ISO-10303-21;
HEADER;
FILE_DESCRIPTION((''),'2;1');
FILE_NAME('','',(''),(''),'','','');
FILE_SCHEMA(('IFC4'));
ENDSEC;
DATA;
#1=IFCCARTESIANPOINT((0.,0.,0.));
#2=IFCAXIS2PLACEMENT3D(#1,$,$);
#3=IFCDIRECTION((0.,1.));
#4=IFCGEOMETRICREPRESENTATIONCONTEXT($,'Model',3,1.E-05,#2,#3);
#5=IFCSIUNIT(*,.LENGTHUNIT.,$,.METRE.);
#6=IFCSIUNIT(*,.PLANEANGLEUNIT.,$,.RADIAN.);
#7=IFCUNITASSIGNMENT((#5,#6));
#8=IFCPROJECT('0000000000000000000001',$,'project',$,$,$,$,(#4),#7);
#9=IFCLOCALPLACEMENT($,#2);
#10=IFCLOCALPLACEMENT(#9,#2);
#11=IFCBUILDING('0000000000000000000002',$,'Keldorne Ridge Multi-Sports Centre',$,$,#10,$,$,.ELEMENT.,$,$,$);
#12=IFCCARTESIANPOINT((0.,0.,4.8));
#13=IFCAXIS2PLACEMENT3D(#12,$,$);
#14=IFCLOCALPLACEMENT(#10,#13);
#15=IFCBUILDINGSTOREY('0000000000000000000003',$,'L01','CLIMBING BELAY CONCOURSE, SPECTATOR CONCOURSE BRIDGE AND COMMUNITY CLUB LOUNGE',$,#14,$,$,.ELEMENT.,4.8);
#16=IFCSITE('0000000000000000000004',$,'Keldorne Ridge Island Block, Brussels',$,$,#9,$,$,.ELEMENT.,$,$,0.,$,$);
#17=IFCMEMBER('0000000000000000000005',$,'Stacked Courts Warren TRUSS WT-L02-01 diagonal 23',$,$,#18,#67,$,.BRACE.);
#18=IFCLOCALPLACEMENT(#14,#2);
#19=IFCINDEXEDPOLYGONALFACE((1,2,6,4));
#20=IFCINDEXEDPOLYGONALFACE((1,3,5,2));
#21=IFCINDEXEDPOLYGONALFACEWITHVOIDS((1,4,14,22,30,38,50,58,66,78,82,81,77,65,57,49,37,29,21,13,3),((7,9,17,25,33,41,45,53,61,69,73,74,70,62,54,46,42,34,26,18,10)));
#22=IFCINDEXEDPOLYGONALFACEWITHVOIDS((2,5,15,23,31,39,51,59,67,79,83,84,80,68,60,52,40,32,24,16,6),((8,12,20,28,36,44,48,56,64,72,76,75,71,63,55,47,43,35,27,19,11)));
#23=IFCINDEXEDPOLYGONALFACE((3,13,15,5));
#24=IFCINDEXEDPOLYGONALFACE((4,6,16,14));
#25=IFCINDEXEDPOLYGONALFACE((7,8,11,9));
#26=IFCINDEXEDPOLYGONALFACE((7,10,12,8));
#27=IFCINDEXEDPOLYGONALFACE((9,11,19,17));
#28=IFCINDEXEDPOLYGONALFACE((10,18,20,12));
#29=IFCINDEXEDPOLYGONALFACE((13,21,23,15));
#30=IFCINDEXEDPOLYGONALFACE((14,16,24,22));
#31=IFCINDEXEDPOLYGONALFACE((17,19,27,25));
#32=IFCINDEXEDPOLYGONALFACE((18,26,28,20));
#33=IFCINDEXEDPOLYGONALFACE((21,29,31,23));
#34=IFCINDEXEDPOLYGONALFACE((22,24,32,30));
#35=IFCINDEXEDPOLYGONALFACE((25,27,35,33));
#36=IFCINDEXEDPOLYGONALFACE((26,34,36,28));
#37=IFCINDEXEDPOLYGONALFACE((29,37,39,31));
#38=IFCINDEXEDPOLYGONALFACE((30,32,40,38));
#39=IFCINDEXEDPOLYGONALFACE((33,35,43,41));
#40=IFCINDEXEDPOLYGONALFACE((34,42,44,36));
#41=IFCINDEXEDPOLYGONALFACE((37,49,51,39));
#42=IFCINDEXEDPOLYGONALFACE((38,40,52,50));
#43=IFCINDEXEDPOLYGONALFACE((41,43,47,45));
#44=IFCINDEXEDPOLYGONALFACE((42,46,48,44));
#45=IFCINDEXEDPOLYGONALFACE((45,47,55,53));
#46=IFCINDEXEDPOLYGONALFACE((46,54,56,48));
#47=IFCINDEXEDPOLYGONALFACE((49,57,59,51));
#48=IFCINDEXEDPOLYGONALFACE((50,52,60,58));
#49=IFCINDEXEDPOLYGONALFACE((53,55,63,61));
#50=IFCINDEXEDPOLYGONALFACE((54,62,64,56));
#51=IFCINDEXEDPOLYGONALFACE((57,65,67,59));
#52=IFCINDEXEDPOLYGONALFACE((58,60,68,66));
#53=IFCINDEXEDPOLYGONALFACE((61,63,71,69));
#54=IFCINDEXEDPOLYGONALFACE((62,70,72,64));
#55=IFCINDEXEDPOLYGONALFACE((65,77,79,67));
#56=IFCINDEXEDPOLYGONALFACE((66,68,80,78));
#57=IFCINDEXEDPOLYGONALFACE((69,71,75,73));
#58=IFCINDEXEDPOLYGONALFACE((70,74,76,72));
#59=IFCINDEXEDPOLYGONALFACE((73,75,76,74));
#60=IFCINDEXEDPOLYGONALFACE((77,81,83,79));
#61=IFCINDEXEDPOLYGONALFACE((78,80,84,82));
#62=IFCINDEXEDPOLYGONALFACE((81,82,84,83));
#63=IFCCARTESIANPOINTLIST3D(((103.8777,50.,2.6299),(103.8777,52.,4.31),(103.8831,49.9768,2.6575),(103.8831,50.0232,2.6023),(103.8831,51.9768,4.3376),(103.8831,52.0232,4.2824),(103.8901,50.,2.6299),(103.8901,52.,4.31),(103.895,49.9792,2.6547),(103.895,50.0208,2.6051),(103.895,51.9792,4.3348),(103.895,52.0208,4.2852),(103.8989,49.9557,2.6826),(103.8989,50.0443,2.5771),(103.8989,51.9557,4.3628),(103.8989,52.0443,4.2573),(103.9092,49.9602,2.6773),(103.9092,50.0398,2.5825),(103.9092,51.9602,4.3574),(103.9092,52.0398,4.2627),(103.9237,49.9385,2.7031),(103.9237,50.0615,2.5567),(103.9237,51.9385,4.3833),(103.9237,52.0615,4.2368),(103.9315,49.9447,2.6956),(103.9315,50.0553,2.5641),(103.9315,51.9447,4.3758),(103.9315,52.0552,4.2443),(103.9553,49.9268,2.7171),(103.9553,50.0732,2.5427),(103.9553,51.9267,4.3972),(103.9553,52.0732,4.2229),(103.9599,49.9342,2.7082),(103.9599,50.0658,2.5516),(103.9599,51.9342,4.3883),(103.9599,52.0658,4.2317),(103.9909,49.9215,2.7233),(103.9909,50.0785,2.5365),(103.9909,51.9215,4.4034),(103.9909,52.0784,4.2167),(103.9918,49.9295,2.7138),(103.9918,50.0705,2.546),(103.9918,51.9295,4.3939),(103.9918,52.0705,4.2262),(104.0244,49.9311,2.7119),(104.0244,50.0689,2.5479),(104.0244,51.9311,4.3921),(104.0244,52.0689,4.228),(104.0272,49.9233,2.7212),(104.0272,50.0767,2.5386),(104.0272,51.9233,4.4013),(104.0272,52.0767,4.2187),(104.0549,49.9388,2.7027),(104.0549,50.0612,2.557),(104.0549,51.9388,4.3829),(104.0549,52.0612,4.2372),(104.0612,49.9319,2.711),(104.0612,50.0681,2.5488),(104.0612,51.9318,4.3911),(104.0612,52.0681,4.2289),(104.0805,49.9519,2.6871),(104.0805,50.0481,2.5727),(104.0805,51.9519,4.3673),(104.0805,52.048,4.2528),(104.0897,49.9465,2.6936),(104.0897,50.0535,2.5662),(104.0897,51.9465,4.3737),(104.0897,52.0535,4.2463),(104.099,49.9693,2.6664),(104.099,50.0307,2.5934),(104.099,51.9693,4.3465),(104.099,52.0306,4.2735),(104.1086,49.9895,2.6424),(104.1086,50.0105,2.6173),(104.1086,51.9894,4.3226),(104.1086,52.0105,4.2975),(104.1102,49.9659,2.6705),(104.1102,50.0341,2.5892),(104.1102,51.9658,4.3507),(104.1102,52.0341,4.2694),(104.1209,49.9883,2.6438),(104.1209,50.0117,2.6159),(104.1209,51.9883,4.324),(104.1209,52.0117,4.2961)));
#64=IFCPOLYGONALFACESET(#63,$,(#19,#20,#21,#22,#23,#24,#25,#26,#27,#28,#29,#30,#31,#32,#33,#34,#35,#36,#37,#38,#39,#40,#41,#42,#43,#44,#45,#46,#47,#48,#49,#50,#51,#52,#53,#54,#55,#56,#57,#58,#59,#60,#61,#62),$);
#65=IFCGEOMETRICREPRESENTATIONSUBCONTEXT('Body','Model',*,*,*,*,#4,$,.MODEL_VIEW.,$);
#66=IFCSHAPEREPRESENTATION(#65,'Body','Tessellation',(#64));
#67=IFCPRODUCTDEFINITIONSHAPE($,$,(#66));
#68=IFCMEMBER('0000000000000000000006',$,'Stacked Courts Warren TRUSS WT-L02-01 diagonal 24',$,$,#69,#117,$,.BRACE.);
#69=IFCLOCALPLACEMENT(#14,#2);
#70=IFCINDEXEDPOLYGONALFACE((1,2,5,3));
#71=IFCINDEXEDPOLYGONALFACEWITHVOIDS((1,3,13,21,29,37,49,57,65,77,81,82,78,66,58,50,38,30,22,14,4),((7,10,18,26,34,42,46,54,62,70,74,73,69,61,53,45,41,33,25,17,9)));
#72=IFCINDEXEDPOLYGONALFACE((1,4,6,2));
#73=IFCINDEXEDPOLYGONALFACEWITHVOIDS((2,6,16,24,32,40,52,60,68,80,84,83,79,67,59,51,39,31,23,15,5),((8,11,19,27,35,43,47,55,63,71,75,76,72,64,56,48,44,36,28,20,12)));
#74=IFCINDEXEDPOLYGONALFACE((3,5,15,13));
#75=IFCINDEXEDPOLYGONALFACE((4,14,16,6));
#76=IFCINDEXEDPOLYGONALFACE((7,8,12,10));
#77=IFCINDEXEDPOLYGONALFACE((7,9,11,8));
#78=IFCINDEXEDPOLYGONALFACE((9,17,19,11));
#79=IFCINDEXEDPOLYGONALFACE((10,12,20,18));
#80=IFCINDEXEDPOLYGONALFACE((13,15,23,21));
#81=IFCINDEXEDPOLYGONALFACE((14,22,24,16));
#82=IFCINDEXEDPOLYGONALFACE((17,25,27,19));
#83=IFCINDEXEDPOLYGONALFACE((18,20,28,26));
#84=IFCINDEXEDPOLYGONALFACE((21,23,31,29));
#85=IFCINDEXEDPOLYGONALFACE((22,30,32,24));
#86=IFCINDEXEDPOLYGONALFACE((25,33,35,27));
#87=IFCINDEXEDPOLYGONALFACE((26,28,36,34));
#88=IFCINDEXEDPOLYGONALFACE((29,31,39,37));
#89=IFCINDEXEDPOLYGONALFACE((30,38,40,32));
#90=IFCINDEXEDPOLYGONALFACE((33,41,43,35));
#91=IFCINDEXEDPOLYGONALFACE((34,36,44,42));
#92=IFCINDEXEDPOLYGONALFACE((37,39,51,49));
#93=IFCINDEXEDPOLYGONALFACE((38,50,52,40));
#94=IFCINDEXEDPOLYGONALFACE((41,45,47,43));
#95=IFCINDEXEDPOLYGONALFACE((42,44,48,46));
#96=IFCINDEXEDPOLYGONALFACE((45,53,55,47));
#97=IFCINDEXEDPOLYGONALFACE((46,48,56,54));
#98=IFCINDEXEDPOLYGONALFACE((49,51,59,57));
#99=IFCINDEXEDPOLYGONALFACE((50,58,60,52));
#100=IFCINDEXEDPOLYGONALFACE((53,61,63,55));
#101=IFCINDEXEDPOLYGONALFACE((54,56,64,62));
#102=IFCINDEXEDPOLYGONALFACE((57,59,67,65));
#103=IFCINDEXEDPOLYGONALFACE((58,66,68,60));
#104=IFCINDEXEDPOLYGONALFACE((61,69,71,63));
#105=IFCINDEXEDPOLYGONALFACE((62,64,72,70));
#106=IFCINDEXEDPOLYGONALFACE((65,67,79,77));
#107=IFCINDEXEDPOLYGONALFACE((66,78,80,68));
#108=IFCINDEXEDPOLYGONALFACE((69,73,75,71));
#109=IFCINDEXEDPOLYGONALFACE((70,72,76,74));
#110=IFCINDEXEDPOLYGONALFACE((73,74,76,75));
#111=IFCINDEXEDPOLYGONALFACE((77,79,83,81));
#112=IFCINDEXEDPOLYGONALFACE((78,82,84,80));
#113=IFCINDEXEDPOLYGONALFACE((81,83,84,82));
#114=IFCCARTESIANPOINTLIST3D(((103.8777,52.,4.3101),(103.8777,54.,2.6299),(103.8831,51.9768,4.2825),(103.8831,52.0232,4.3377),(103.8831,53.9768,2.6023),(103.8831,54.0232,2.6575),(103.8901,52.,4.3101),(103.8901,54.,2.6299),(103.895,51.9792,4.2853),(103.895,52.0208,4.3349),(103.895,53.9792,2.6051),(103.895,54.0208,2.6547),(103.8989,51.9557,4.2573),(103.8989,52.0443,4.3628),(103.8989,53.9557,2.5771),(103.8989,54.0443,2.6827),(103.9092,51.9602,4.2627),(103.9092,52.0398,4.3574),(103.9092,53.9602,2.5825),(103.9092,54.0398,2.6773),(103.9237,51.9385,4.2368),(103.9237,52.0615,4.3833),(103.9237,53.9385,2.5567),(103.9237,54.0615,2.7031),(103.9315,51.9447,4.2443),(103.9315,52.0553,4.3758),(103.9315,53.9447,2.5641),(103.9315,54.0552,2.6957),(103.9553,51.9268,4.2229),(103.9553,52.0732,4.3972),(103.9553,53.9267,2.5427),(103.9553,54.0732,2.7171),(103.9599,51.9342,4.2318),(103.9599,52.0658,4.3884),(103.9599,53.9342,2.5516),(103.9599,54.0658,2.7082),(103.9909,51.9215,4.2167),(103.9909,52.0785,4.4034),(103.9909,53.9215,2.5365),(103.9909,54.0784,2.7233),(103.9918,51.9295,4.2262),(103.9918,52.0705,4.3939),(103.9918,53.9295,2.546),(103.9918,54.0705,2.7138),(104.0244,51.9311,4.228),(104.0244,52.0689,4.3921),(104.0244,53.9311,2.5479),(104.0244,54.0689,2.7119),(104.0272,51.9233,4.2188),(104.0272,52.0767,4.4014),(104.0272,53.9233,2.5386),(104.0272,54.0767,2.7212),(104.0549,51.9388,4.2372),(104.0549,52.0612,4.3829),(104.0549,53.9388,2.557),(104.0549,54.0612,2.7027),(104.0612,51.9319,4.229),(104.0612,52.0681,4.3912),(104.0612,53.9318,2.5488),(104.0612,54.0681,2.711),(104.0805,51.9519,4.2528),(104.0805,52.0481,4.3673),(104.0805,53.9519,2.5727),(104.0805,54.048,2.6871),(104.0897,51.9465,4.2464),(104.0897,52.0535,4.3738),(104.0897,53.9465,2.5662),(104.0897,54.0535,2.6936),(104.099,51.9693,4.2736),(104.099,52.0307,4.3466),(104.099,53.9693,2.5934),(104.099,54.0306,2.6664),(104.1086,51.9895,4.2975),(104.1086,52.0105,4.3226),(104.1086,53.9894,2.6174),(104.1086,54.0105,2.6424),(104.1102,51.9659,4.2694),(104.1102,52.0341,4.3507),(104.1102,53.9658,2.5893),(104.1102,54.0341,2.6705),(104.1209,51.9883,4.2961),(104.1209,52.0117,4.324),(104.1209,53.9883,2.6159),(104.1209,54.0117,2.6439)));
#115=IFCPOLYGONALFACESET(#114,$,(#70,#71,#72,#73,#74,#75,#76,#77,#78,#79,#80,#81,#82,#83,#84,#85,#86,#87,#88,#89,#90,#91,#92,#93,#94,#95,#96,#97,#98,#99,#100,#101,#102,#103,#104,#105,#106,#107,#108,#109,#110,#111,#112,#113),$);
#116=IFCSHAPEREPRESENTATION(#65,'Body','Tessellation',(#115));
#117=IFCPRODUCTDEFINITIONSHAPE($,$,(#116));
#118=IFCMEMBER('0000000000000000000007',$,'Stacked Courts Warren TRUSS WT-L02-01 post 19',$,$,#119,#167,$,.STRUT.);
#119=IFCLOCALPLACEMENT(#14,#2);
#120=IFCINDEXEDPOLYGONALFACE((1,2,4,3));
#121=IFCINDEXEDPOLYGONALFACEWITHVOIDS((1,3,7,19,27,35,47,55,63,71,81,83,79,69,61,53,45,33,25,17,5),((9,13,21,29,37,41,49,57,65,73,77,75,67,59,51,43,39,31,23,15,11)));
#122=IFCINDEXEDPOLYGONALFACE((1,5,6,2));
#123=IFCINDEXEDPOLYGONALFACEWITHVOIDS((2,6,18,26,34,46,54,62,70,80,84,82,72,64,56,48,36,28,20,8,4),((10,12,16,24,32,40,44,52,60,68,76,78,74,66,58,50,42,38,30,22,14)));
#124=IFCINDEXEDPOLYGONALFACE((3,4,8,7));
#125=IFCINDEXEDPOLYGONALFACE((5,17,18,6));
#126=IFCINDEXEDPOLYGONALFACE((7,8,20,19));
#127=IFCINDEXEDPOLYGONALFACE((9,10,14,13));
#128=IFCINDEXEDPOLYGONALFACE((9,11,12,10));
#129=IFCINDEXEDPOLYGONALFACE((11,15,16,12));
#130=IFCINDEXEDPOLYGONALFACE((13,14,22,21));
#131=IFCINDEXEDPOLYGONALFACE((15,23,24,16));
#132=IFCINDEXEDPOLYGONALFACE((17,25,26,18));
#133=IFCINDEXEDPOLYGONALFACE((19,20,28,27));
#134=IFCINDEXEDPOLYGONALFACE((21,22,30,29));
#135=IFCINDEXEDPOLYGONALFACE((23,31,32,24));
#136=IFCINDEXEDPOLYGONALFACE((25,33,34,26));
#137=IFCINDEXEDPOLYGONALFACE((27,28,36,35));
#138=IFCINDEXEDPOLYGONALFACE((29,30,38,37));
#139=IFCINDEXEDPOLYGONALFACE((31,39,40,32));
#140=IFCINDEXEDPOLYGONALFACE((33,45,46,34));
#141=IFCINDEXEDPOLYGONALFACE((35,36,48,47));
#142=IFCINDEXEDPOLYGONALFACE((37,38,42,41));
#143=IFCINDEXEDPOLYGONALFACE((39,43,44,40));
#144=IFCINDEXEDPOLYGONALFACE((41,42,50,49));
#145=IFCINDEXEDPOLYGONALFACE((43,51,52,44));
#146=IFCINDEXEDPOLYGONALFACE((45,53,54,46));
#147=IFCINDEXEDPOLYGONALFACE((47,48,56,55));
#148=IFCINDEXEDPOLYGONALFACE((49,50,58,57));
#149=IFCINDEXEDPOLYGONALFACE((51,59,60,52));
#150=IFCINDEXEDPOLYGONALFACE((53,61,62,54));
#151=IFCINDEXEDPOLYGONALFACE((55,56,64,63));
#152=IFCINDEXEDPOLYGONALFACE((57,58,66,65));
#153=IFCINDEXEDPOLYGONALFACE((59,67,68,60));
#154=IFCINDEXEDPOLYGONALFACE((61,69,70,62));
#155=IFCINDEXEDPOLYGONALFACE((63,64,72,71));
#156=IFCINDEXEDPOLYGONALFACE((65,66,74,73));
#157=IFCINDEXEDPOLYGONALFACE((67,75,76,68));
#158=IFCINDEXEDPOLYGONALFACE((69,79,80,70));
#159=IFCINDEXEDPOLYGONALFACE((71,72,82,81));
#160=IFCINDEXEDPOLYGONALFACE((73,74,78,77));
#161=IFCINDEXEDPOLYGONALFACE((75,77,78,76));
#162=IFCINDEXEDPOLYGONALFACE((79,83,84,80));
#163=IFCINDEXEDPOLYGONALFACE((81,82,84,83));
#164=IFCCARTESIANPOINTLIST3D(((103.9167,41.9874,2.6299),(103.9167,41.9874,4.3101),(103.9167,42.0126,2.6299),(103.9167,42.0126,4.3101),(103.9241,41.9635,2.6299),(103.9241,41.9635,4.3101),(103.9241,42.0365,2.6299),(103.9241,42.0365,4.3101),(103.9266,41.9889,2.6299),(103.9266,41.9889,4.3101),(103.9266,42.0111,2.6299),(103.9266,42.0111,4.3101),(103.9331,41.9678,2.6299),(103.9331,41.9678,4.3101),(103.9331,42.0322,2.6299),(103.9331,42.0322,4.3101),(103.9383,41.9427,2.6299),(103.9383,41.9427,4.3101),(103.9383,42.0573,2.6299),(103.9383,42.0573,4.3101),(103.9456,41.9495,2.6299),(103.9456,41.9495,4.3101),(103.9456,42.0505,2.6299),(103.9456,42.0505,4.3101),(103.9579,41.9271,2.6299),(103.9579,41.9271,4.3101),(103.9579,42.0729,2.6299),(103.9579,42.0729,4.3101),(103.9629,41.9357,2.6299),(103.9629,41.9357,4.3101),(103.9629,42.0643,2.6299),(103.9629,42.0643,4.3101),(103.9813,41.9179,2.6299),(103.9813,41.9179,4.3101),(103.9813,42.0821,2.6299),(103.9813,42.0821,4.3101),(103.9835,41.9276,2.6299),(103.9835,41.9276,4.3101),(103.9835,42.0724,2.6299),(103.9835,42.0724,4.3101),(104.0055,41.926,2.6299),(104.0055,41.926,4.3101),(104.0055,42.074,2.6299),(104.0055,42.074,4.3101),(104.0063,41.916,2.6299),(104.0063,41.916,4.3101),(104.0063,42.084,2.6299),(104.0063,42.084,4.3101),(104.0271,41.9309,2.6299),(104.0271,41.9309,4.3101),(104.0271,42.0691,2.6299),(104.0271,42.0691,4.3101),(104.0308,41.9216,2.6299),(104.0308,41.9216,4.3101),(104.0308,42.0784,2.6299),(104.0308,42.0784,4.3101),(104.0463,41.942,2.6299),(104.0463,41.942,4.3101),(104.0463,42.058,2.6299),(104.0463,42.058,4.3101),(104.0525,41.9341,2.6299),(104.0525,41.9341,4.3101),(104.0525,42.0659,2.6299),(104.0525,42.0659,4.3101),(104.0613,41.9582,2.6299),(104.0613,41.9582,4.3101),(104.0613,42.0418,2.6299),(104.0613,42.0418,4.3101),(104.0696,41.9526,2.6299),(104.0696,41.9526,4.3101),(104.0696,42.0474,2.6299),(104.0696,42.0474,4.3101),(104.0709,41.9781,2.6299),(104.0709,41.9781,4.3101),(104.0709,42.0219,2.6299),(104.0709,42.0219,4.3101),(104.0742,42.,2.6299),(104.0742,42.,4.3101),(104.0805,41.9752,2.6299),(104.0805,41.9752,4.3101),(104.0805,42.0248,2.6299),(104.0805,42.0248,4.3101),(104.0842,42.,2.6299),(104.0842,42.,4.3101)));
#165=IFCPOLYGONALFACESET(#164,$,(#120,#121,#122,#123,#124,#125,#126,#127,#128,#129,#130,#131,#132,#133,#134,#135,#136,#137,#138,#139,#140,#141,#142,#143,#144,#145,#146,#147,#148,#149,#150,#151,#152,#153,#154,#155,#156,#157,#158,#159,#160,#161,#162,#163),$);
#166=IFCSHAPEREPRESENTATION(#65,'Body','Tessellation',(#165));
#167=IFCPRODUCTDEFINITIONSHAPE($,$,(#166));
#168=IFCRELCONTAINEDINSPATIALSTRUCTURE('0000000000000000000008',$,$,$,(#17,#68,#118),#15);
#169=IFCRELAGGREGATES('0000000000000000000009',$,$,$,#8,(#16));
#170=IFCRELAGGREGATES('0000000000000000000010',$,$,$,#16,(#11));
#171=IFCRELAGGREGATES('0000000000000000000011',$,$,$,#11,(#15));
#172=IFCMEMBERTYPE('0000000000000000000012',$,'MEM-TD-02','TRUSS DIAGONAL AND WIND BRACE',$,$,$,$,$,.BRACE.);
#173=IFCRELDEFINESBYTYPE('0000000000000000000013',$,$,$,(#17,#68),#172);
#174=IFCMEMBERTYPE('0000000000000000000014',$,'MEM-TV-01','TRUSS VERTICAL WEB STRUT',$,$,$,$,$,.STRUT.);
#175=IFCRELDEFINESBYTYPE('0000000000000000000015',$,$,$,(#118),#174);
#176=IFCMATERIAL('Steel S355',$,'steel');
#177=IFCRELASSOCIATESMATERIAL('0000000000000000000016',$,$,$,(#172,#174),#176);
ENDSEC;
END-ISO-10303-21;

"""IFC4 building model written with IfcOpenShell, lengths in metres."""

from ifc_helpers import new_model, si_unit, direction, frame, origin, origin_2d, place, context, subcontext, project, spatial, hollow_circle, extrude, material, material_profile, profile_set, type_object, element, save


model = new_model("IFC4")

# Units and contexts
model_context = context("Model", 3, precision=1e-05, world=origin(), true_north=direction((0.0, 1.0)))
body_context = subcontext(model_context, "Body", "Model", "MODEL_VIEW")
ifc_project = project(units=[si_unit("LENGTHUNIT", "METRE"), si_unit("PLANEANGLEUNIT", "RADIAN")], contexts=[model_context])

# Site, building, storey
site_placement = place(None, origin())
site = spatial("IfcSite", under=ifc_project, at=site_placement, Name="Keldorne Ridge Island Block, Brussels", CompositionType="ELEMENT", RefElevation=0.0)
building_placement = place(site_placement, origin())
building = spatial("IfcBuilding", under=site, at=building_placement, Name="Keldorne Ridge Multi-Sports Centre", CompositionType="ELEMENT")
storey_placement = place(building_placement, frame((0.0, 0.0, 4.8)))
storey = spatial("IfcBuildingStorey", under=building, at=storey_placement, Name="L01", Description="CLIMBING BELAY CONCOURSE, SPECTATOR CONCOURSE BRIDGE AND COMMUNITY CLUB LOUNGE", CompositionType="ELEMENT", Elevation=4.8)

# Shared definitions
ifc_material_1 = material(Name="Steel S355", Category="steel")

# Members
ifc_material_profile_1 = material_profile(ifc_material_1, hollow_circle(Radius=0.1223, WallThickness=0.0125, at=origin_2d()), Name="CHS 244.5x12.5")
ifc_profile_set_1 = profile_set([ifc_material_profile_1], Name="Steel S355")
member_type_1 = type_object("IfcMemberType", Name="MEM-TD-02", Description="TRUSS DIAGONAL AND WIND BRACE", PredefinedType="BRACE", material=ifc_profile_set_1)
for number, where, z_axis, x_axis, name in (
    (1, (104.0, 50.0, 2.6299), (0.0, 0.765672, 0.643232), (-1.0, 0.0, 0.0), "Stacked Courts Warren TRUSS WT-L02-01 diagonal 23"),
    (2, (104.0, 52.0, 4.3101), (0.0, 0.765672, -0.643232), (-1.0, 0.0, 0.0), "Stacked Courts Warren TRUSS WT-L02-01 diagonal 24"),
):
    element("IfcMember", number, at=place(storey_placement, frame(where, z_axis=z_axis, x_axis=x_axis)), inside=storey, type_object=member_type_1, Name=name, PredefinedType="BRACE", context=body_context, shape_type="SweptSolid", body=[
        extrude(hollow_circle(Radius=0.1223, WallThickness=0.0125, at=origin_2d()), origin(), (0.0, 0.0, 1.0), 2.6121),
    ])
ifc_material_profile_2 = material_profile(ifc_material_1, hollow_circle(Radius=0.0842, WallThickness=0.01, at=origin_2d()), Name="CHS 168.3x10")
ifc_profile_set_2 = profile_set([ifc_material_profile_2], Name="Steel S355")
member_type_2 = type_object("IfcMemberType", Name="MEM-TV-01", Description="TRUSS VERTICAL WEB STRUT", PredefinedType="STRUT", material=ifc_profile_set_2)
for number, where, z_axis, x_axis, name in (
    (3, (104.0, 42.0, 2.6299), (0.0, 0.0, 1.0), (1.0, 0.0, 0.0), "Stacked Courts Warren TRUSS WT-L02-01 post 19"),
):
    element("IfcMember", number, at=place(storey_placement, frame(where, z_axis=z_axis, x_axis=x_axis)), inside=storey, type_object=member_type_2, Name=name, PredefinedType="STRUT", context=body_context, shape_type="SweptSolid", body=[
        extrude(hollow_circle(Radius=0.0842, WallThickness=0.01, at=origin_2d()), origin(), (0.0, 0.0, 1.0), 1.6802),
    ])

save(model, "model.ifc")
